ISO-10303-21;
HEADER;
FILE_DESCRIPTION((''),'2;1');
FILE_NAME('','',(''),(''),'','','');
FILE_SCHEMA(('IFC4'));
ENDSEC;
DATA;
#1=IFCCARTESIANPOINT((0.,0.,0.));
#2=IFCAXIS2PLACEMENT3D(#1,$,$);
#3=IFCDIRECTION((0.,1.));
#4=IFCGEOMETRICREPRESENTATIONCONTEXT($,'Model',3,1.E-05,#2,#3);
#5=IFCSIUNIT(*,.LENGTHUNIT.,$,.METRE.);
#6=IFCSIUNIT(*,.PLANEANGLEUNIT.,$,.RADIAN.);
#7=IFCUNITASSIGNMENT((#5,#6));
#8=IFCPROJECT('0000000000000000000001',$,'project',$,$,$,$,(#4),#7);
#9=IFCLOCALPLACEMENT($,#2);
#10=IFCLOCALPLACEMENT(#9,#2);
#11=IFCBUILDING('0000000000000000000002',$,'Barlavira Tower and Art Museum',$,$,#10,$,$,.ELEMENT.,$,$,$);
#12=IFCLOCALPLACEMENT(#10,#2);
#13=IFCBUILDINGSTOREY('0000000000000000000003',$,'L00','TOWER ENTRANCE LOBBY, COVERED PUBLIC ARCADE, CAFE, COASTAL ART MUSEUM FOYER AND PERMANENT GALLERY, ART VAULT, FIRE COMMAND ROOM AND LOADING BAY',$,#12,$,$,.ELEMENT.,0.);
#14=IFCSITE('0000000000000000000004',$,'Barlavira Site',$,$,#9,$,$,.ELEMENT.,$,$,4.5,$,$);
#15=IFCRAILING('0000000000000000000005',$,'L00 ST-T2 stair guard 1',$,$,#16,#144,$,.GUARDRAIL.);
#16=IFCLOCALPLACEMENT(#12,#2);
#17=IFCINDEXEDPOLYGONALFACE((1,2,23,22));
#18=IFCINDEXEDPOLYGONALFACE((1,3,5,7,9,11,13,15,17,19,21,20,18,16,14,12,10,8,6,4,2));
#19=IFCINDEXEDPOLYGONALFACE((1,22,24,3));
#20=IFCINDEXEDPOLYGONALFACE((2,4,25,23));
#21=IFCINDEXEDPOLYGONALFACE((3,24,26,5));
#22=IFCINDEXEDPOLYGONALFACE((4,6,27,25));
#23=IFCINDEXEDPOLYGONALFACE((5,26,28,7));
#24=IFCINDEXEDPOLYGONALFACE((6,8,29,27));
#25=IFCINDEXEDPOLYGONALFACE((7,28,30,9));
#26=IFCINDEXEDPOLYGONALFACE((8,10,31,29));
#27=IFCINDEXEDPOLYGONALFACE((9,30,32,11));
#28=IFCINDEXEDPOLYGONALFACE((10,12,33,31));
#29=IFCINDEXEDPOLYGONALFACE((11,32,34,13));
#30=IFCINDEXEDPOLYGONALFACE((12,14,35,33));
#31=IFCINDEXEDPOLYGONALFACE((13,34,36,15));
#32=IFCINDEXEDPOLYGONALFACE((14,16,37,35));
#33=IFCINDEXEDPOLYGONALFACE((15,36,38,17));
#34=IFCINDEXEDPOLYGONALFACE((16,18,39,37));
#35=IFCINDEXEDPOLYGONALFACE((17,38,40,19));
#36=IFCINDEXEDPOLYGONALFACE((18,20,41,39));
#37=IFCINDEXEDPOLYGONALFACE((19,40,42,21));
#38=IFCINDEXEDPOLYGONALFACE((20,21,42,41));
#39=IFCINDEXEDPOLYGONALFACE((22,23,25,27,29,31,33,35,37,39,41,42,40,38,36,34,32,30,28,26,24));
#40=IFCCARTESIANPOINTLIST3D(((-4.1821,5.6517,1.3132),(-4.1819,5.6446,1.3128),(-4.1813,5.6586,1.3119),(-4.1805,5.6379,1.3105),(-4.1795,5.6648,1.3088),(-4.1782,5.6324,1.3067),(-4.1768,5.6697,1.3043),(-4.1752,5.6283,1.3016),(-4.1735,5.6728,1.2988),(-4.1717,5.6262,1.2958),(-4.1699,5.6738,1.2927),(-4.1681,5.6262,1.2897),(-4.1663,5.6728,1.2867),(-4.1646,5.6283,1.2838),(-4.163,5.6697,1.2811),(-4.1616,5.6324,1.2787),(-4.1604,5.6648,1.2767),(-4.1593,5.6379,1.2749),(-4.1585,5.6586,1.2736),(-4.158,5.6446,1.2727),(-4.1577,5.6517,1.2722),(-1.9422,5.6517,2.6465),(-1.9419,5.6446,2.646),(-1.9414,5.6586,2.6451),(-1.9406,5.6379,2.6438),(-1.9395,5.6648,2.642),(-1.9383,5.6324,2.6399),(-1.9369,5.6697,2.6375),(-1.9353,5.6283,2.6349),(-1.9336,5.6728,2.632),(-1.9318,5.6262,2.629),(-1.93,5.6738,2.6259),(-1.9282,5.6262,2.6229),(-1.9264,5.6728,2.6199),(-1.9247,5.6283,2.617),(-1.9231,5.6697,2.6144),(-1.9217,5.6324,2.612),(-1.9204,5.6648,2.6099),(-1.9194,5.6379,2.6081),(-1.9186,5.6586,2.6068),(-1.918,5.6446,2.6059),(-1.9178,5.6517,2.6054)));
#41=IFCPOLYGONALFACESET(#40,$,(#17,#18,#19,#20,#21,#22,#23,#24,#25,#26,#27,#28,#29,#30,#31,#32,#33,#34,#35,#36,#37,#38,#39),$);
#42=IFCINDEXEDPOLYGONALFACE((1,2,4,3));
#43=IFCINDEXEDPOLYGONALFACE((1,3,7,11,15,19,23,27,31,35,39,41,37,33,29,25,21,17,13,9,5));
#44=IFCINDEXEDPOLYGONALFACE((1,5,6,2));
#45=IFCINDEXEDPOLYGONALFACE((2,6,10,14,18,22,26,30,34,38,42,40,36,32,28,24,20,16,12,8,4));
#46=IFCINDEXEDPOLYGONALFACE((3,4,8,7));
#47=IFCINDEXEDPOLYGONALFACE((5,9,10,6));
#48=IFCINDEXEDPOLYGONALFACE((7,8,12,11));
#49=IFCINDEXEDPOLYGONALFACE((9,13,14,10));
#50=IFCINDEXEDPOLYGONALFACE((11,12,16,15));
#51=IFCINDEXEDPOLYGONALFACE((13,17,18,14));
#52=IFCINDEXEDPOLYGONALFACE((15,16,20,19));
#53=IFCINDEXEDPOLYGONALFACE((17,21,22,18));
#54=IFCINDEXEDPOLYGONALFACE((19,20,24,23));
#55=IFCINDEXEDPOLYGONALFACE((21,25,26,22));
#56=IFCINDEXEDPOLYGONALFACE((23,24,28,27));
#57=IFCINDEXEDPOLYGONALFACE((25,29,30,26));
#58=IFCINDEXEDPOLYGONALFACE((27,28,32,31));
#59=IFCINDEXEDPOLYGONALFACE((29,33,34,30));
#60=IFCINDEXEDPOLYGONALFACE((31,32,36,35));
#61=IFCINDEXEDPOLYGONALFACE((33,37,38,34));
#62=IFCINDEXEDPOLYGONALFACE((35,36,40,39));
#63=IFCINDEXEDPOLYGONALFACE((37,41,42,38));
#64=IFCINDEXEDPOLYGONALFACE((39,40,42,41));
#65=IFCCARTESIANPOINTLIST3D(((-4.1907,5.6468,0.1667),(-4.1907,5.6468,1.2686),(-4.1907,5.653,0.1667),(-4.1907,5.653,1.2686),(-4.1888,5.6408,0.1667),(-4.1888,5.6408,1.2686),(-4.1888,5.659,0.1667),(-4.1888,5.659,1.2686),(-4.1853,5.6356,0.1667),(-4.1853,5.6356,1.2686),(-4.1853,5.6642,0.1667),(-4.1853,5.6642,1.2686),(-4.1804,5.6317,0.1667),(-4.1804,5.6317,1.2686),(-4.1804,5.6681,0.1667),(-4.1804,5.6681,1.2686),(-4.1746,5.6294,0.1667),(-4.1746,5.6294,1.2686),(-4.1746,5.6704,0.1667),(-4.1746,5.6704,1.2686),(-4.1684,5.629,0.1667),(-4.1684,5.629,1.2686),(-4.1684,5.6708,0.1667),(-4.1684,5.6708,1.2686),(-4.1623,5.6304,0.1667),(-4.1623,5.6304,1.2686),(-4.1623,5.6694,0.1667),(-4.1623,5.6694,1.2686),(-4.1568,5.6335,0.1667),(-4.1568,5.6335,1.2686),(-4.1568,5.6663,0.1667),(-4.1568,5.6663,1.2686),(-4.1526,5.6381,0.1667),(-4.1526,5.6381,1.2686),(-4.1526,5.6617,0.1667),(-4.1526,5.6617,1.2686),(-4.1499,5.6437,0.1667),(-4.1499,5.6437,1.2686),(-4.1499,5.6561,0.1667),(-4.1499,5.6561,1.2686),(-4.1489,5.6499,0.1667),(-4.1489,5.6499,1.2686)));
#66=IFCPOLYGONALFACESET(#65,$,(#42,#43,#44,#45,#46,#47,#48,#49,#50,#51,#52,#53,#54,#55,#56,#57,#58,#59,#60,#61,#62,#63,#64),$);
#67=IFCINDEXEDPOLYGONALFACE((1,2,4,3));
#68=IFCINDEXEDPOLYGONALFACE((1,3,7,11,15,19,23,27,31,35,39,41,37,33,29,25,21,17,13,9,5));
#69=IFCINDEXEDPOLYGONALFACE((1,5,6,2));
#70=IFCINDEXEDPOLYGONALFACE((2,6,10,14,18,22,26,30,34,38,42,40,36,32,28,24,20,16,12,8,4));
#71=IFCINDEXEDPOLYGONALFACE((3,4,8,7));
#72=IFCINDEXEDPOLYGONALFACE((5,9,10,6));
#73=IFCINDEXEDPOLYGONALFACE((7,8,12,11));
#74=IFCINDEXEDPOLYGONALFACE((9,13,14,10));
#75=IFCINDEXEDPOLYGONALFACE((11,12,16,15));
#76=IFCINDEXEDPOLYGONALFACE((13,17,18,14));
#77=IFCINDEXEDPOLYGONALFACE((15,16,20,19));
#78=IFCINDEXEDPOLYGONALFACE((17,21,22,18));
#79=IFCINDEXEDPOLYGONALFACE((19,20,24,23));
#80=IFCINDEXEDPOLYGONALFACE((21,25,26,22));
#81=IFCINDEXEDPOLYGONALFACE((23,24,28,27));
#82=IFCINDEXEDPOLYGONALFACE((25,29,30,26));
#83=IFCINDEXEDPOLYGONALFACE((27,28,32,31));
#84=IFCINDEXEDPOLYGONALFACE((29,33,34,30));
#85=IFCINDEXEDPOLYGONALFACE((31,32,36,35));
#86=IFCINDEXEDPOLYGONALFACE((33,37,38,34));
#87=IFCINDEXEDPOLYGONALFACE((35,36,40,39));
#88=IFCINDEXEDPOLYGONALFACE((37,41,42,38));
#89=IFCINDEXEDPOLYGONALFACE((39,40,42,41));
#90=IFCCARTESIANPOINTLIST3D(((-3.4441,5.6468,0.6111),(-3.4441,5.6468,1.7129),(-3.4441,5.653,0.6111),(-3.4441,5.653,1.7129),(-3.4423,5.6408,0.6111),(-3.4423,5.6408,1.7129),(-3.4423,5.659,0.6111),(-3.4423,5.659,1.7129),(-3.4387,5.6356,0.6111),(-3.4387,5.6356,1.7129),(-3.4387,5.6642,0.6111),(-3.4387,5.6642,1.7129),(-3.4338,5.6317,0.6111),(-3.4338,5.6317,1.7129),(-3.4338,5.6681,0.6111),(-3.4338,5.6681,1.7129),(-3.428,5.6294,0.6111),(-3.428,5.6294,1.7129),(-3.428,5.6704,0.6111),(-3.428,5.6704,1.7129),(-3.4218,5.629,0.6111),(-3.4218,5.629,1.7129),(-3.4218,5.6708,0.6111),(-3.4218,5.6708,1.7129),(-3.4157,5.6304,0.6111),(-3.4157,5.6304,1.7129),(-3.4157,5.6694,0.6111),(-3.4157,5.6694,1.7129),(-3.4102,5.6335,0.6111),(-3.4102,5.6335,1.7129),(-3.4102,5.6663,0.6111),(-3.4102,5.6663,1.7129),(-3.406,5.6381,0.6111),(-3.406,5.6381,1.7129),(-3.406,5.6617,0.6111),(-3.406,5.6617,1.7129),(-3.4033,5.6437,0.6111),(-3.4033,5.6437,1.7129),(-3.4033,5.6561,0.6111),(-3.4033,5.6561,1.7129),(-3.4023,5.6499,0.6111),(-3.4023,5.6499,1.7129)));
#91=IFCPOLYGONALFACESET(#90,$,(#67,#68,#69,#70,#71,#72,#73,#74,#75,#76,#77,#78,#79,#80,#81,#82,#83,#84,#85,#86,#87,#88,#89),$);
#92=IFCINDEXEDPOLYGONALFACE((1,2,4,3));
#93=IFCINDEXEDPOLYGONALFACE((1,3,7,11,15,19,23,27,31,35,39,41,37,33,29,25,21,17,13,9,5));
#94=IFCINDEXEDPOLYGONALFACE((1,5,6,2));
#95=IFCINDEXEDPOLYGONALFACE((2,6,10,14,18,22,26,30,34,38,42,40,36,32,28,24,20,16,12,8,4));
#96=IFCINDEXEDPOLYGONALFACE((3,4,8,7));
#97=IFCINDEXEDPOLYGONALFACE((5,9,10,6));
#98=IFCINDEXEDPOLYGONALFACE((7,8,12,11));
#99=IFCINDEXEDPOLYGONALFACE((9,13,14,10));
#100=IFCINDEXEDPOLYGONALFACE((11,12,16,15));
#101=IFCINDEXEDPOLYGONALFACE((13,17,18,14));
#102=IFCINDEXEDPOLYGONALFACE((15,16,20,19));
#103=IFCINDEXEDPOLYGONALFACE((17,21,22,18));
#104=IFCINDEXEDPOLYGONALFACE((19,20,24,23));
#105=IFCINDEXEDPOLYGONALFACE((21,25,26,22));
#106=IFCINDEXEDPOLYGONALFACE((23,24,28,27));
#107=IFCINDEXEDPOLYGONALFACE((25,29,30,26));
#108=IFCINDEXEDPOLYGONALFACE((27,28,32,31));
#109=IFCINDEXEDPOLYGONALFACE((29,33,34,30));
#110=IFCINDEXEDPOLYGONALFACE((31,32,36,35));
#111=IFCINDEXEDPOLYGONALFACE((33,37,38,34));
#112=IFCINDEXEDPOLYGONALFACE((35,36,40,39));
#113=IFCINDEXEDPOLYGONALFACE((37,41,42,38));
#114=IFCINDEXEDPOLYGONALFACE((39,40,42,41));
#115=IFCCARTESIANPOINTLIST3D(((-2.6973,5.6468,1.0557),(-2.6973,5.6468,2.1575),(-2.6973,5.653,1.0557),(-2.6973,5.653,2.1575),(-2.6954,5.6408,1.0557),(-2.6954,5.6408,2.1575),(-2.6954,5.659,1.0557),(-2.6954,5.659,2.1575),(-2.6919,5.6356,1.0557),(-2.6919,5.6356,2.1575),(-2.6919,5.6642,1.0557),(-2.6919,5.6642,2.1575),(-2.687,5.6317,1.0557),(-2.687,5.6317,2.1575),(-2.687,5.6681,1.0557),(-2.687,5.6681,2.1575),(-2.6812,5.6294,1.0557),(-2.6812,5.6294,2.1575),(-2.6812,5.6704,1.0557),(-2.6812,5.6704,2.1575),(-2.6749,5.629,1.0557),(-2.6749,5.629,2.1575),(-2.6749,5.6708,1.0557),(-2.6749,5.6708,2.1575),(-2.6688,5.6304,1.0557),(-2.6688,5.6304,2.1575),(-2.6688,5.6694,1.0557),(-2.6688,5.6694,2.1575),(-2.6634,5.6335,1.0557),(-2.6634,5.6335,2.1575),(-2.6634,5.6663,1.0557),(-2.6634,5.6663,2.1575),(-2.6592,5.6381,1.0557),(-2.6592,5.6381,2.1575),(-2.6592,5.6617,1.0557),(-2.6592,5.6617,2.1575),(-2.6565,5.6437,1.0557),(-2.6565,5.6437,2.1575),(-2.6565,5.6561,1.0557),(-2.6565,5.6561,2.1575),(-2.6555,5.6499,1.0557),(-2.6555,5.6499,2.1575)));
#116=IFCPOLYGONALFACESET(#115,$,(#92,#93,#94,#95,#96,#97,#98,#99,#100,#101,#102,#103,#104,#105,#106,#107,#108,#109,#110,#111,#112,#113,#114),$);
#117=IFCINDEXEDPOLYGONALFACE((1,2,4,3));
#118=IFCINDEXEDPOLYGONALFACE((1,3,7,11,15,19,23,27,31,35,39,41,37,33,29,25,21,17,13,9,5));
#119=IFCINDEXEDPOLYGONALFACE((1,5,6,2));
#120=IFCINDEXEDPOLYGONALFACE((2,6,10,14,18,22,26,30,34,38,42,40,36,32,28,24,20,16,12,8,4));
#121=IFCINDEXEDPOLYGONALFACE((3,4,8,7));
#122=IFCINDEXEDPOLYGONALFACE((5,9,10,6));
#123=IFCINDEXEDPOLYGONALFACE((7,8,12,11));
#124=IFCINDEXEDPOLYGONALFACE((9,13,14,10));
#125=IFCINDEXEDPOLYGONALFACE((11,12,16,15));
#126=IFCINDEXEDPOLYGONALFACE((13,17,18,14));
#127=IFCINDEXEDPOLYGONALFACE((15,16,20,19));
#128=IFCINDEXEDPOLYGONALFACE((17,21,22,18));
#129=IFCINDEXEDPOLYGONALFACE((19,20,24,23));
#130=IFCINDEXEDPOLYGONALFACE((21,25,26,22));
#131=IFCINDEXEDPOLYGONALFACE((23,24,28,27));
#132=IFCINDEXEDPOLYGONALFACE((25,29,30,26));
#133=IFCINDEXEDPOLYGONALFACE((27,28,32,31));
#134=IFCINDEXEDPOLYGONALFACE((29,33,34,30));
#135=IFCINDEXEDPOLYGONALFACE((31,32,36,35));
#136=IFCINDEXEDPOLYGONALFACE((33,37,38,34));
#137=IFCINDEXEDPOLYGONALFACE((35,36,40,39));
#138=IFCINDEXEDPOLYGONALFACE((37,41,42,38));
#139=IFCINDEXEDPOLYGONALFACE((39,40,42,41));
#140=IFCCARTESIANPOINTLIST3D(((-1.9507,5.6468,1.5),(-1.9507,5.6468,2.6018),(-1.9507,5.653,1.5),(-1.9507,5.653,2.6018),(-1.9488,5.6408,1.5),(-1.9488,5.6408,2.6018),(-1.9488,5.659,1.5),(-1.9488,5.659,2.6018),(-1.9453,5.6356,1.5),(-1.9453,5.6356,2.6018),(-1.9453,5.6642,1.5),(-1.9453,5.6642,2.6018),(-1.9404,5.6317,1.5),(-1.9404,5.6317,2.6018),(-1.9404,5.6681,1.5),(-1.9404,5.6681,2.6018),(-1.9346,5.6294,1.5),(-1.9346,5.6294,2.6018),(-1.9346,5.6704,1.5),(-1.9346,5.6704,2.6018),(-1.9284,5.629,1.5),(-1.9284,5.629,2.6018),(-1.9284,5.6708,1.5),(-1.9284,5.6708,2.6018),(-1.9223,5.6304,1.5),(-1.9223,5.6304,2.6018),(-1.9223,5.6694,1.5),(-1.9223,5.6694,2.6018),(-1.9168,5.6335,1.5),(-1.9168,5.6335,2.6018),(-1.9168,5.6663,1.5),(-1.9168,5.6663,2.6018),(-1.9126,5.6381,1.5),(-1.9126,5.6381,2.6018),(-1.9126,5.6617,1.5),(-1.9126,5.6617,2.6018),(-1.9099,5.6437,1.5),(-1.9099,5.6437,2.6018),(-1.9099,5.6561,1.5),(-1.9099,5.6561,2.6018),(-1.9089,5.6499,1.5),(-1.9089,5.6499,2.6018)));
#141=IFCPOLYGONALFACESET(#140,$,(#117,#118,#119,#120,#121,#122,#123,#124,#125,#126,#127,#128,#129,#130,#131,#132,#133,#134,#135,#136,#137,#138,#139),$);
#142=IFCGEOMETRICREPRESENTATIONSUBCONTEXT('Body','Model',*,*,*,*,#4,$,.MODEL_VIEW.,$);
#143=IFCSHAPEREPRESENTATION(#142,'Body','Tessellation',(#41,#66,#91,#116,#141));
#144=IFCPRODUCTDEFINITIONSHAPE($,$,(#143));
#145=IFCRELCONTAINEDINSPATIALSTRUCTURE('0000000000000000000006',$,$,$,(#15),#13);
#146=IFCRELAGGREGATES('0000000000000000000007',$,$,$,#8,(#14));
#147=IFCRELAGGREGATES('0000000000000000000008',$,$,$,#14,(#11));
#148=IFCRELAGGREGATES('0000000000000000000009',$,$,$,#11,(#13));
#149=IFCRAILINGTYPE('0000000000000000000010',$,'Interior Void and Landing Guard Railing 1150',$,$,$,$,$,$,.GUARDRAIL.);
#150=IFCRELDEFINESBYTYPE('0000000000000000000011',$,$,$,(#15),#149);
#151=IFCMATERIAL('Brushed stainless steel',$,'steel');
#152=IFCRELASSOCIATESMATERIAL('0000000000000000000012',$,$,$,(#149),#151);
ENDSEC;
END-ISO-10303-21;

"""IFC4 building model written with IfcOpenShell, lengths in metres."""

from ifc_helpers import new_model, si_unit, direction, frame, origin, origin_2d, place, context, subcontext, project, spatial, circle, extrude, material, type_object, element, save


model = new_model("IFC4")

# Units and contexts
model_context = context("Model", 3, precision=1e-05, world=origin(), true_north=direction((0.0, 1.0)))
body_context = subcontext(model_context, "Body", "Model", "MODEL_VIEW")
ifc_project = project(units=[si_unit("LENGTHUNIT", "METRE"), si_unit("PLANEANGLEUNIT", "RADIAN")], contexts=[model_context])

# Site, building, storey
site_placement = place(None, origin())
site = spatial("IfcSite", under=ifc_project, at=site_placement, Name="Barlavira Site", CompositionType="ELEMENT", RefElevation=4.5)
building_placement = place(site_placement, origin())
building = spatial("IfcBuilding", under=site, at=building_placement, Name="Barlavira Tower and Art Museum", CompositionType="ELEMENT")
storey_placement = place(building_placement, origin())
storey = spatial("IfcBuildingStorey", under=building, at=storey_placement, Name="L00", Description="TOWER ENTRANCE LOBBY, COVERED PUBLIC ARCADE, CAFE, COASTAL ART MUSEUM FOYER AND PERMANENT GALLERY, ART VAULT, FIRE COMMAND ROOM AND LOADING BAY", CompositionType="ELEMENT", Elevation=0.0)

# Shared definitions
ifc_material_1 = material(Name="Brushed stainless steel", Category="steel")

# Railing
railing_type_1 = type_object("IfcRailingType", Name="Interior Void and Landing Guard Railing 1150", PredefinedType="GUARDRAIL", material=ifc_material_1)
railing_1_placement = place(storey_placement, frame((-4.1699, 5.6499, 0.1667)))
element("IfcRailing", 1, at=railing_1_placement, inside=storey, type_object=railing_type_1, Name="L00 ST-T2 stair guard 1", PredefinedType="GUARDRAIL", context=body_context, shape_type="SweptSolid", body=[
    extrude(circle(Radius=0.0239, at=origin_2d()), frame((0.0, 0.0, 1.126), z_axis=(0.859306, 0.0, 0.511462), x_axis=(0.0, 1.0, 0.0)), (0.0, 0.0, 1.0), 2.6067),
    extrude(circle(Radius=0.021, at=origin_2d()), origin(), (0.0, 0.0, 1.0), 1.1018),
    extrude(circle(Radius=0.021, at=origin_2d()), frame((0.7466, 0.0, 0.4443)), (0.0, 0.0, 1.0), 1.1018),
    extrude(circle(Radius=0.021, at=origin_2d()), frame((1.4934, 0.0, 0.8889)), (0.0, 0.0, 1.0), 1.1018),
    extrude(circle(Radius=0.021, at=origin_2d()), frame((2.24, 0.0, 1.3333)), (0.0, 0.0, 1.0), 1.1018),
])

save(model, "model.ifc")
